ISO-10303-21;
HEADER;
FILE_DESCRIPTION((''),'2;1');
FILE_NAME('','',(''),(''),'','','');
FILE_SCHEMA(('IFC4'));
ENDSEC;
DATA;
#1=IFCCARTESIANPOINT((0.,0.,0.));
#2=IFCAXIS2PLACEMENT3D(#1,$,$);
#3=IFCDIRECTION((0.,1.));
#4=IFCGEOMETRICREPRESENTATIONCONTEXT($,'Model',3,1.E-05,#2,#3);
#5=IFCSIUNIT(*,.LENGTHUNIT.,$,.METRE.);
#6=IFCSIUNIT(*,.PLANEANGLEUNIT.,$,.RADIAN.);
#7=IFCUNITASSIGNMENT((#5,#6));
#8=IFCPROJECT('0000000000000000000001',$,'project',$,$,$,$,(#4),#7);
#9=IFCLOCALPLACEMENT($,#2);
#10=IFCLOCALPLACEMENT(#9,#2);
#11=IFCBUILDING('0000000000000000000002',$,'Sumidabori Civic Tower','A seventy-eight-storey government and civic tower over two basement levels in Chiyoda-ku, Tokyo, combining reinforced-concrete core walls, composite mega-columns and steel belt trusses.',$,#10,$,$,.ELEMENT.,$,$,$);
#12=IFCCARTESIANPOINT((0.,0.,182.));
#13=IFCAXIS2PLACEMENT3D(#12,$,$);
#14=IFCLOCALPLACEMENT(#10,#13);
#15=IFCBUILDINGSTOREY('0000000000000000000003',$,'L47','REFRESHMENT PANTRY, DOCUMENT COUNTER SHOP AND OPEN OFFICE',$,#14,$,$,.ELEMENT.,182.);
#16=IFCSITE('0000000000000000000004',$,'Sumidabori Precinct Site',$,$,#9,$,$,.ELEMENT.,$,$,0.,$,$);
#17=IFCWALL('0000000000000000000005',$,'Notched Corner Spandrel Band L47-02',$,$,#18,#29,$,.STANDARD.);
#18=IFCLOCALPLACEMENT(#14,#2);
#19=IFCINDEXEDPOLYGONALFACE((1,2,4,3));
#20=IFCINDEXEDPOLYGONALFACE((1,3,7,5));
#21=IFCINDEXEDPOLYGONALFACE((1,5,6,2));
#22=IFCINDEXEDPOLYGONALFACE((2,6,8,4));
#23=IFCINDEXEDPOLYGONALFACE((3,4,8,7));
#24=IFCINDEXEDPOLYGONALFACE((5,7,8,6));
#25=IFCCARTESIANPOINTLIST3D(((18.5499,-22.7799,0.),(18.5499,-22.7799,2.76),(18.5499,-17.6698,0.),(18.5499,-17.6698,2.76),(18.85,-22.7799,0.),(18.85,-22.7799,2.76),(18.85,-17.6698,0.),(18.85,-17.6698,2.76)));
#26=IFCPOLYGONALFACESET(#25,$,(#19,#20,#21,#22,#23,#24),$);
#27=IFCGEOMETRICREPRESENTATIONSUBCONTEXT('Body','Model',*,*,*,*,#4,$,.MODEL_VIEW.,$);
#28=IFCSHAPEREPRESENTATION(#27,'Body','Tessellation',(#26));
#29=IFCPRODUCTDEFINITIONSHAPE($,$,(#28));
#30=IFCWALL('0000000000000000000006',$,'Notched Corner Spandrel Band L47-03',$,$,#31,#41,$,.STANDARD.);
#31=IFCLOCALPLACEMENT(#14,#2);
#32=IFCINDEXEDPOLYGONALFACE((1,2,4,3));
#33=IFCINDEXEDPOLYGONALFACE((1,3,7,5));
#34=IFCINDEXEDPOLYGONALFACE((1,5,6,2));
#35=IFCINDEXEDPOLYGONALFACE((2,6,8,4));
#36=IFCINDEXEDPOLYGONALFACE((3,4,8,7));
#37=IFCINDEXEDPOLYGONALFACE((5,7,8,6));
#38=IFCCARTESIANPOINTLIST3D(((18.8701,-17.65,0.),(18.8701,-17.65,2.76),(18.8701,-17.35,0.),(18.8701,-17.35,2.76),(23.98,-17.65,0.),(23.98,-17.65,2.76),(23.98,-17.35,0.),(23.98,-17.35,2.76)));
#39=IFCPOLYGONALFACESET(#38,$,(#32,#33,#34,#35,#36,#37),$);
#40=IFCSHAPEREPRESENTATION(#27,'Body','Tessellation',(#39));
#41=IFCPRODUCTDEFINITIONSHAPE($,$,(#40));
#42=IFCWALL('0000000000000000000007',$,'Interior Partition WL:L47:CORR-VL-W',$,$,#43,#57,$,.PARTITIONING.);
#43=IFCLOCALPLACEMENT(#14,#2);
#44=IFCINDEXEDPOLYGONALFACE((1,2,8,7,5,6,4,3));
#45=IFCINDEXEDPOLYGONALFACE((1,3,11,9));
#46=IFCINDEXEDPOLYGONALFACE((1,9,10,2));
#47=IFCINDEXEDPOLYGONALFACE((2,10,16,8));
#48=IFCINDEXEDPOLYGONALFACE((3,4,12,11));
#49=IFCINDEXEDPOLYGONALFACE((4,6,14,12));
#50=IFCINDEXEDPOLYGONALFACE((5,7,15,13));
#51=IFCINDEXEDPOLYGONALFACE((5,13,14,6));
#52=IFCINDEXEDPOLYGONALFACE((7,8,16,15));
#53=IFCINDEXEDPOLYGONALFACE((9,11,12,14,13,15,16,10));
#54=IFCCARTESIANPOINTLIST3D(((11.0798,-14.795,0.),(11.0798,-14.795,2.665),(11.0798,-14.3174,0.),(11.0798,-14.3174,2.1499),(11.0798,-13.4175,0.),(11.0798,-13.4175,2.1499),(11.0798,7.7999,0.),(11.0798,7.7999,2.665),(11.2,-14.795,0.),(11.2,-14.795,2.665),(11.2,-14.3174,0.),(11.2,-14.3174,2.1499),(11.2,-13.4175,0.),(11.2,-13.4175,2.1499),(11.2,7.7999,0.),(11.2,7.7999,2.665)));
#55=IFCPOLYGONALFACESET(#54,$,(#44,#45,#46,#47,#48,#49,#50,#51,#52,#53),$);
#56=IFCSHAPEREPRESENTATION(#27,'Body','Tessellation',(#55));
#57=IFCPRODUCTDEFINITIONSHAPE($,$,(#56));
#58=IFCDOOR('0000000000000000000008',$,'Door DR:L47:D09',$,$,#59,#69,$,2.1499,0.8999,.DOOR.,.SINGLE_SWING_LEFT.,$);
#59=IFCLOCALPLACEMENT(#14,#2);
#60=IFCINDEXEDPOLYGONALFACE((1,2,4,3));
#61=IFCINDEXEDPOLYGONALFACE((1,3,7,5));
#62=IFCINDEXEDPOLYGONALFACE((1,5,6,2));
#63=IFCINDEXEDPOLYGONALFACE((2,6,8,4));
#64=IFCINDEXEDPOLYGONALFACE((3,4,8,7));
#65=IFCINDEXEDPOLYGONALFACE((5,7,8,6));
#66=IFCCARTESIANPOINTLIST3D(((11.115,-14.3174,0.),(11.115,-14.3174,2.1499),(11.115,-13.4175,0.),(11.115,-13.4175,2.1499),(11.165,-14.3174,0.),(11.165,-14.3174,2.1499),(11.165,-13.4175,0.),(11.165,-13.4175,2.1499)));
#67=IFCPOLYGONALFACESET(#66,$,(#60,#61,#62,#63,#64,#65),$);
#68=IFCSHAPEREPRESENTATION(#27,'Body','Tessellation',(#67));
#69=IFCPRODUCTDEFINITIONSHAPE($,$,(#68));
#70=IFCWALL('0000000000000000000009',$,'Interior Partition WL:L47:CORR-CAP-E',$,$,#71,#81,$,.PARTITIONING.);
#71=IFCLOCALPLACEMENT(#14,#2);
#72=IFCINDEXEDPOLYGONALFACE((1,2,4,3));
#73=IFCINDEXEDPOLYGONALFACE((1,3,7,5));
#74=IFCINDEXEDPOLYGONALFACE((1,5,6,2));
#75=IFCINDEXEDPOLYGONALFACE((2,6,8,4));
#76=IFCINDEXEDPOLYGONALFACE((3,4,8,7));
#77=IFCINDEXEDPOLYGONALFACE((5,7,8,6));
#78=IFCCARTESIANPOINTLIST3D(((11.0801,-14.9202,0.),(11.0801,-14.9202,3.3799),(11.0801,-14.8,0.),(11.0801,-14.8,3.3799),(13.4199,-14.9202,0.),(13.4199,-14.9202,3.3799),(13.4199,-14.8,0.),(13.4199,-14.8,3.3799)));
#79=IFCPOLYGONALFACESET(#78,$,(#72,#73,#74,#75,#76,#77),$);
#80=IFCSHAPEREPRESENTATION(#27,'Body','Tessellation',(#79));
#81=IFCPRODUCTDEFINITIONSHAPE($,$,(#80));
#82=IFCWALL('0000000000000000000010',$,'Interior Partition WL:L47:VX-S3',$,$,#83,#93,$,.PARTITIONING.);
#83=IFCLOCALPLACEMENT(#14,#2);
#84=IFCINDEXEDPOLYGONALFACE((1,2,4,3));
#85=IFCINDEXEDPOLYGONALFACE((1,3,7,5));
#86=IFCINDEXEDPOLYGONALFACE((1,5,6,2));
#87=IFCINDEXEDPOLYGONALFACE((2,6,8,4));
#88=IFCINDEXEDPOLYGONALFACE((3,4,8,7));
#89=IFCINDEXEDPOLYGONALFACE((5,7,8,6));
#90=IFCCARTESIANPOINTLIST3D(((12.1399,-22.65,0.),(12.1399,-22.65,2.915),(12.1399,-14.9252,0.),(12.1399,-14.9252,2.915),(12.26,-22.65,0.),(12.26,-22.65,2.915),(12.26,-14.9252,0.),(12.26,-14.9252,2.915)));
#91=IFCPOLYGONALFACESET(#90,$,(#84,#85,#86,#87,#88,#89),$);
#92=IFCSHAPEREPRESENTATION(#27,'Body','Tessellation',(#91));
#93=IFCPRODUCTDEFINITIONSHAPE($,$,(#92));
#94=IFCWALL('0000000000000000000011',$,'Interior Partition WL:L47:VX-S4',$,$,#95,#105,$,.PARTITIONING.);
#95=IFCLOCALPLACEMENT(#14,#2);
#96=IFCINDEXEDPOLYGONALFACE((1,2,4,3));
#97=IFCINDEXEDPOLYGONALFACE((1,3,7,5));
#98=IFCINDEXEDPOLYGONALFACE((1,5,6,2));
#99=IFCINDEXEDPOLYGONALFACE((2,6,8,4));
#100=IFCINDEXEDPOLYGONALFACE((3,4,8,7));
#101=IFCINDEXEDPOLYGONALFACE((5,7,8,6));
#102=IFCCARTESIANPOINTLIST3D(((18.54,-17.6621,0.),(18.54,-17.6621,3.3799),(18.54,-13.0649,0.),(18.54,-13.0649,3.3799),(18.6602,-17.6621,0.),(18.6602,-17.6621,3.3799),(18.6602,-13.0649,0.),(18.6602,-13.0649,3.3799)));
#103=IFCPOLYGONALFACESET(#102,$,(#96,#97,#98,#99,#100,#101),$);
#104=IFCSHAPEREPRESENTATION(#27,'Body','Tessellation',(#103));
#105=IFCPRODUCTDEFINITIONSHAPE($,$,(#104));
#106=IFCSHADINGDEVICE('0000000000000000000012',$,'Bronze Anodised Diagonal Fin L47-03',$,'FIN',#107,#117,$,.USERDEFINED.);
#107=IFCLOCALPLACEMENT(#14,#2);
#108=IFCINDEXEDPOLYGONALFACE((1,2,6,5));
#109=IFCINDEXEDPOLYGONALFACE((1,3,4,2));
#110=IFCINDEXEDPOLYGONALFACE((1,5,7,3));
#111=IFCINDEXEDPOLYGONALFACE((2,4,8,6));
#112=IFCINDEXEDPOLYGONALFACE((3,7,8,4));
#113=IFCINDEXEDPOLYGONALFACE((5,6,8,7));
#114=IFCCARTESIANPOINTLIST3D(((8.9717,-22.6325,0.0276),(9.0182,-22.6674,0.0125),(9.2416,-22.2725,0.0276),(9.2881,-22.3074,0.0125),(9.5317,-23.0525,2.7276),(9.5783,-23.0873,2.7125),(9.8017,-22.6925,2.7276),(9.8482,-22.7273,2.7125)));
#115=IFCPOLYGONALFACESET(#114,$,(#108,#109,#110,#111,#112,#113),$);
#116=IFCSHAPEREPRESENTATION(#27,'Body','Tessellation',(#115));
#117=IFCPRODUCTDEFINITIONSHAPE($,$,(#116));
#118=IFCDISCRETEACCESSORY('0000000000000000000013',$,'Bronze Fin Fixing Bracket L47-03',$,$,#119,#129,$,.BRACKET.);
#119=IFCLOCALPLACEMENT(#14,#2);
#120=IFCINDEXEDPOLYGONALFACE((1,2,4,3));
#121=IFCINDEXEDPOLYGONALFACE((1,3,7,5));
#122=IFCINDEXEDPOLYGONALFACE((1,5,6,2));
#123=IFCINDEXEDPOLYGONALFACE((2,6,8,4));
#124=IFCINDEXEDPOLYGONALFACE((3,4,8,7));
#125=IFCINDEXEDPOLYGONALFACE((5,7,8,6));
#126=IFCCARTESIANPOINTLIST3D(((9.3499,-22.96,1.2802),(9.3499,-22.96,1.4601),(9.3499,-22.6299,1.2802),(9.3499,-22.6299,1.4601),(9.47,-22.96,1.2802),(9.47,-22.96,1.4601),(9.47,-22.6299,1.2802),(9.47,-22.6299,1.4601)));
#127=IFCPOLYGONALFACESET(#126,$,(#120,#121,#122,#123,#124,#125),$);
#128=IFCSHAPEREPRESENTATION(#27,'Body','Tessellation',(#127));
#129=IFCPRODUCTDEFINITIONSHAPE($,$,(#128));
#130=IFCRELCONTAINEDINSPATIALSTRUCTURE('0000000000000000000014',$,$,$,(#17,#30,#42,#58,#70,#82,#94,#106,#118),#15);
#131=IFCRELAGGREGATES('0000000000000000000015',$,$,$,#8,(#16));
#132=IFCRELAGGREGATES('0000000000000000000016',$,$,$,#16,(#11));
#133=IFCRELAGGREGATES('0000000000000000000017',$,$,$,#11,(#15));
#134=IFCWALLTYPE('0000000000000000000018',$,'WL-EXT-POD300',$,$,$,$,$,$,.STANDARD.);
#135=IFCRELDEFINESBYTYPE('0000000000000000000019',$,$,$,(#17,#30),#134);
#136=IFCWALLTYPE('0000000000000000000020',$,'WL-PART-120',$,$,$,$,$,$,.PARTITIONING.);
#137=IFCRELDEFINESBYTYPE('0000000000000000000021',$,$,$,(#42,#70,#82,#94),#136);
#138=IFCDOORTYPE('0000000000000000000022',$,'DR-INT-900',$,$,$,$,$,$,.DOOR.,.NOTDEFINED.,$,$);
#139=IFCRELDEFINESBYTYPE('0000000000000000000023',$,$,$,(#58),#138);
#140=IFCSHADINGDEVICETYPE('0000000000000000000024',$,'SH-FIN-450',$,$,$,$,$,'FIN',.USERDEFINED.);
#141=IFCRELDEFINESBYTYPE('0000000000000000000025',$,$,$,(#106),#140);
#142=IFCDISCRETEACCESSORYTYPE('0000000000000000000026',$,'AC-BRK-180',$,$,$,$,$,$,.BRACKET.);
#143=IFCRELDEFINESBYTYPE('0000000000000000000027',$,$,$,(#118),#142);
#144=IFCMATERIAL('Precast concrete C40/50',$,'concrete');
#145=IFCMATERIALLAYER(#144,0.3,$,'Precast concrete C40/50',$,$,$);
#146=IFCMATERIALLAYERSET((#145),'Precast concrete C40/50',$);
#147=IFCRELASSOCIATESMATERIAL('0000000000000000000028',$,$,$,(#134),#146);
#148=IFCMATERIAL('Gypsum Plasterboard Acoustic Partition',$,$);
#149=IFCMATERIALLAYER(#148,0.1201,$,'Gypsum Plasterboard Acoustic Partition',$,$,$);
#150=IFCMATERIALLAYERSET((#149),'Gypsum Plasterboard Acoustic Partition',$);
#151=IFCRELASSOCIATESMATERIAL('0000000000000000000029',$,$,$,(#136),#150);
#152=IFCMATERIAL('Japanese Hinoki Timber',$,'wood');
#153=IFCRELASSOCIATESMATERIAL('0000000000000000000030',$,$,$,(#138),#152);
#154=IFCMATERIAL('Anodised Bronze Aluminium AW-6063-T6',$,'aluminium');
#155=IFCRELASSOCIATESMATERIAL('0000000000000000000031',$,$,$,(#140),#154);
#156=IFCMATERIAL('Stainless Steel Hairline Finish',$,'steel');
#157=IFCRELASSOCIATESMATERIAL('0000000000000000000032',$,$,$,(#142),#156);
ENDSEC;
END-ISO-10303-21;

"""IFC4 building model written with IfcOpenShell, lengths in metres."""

from ifc_helpers import new_model, si_unit, direction, frame, frame_2d, origin, origin_2d, place, context, subcontext, project, spatial, rectangle, extrude, source, transform, mapped, material, layer, layer_set, material_profile, profile_set, type_object, element, fill, save


model = new_model("IFC4")

# Units and contexts
model_context = context("Model", 3, precision=1e-05, world=origin(), true_north=direction((0.0, 1.0)))
body_context = subcontext(model_context, "Body", "Model", "MODEL_VIEW")
ifc_project = project(units=[si_unit("LENGTHUNIT", "METRE"), si_unit("PLANEANGLEUNIT", "RADIAN")], contexts=[model_context])

# Site, building, storey
site_placement = place(None, origin())
site = spatial("IfcSite", under=ifc_project, at=site_placement, Name="Sumidabori Precinct Site", CompositionType="ELEMENT", RefElevation=0.0)
building_placement = place(site_placement, origin())
building = spatial("IfcBuilding", under=site, at=building_placement, Name="Sumidabori Civic Tower", Description="A seventy-eight-storey government and civic tower over two basement levels in Chiyoda-ku, Tokyo, combining reinforced-concrete core walls, composite mega-columns and steel belt trusses.", CompositionType="ELEMENT")
storey_placement = place(building_placement, frame((0.0, 0.0, 182.0)))
storey = spatial("IfcBuildingStorey", under=building, at=storey_placement, Name="L47", Description="REFRESHMENT PANTRY, DOCUMENT COUNTER SHOP AND OPEN OFFICE", CompositionType="ELEMENT", Elevation=182.0)

# Shared definitions
ifc_material_1 = material(Name="Anodised Bronze Aluminium AW-6063-T6", Category="aluminium")

# Walls
ifc_material_2 = material(Name="Precast concrete C40/50", Category="concrete")
ifc_layer_1 = layer(ifc_material_2, 0.3, Name="Precast concrete C40/50")
ifc_layer_set_1 = layer_set([ifc_layer_1], Name="Precast concrete C40/50")
wall_type_1 = type_object("IfcWallType", Name="WL-EXT-POD300", PredefinedType="STANDARD", material=ifc_layer_set_1)
shared_shape_1 = source(origin(), body_context, "Body", "SweptSolid", [
    extrude(rectangle(XDim=5.1101, YDim=0.3, at=frame_2d((2.5552, 0.0))), origin(), (0.0, 0.0, 1.0), 2.76),
])
wall_1_placement = place(storey_placement, frame((18.7, -22.78, 0.0), z_axis=(0.0, 0.0, 1.0), x_axis=(0.0, 1.0, 0.0)))
element("IfcWall", 1, at=wall_1_placement, inside=storey, type_object=wall_type_1, Name="Notched Corner Spandrel Band L47-02", PredefinedType="STANDARD", context=body_context, shape_type="MappedRepresentation", body=[
    mapped(shared_shape_1, transform((0.0, 0.0, 0.0), x_axis=(1.0, 0.0, 0.0), y_axis=(0.0, 1.0, 0.0), z_axis=(0.0, 0.0, 1.0), scale=1.0)),
])
shared_shape_2 = source(origin(), body_context, "Body", "SweptSolid", [
    extrude(rectangle(XDim=5.1099, YDim=0.3, at=frame_2d((2.5549, 0.0))), origin(), (0.0, 0.0, 1.0), 2.76),
])
wall_2_placement = place(storey_placement, frame((18.8701, -17.5, 0.0), z_axis=(0.0, 0.0, 1.0), x_axis=(1.0, 0.0, 0.0)))
element("IfcWall", 2, at=wall_2_placement, inside=storey, type_object=wall_type_1, Name="Notched Corner Spandrel Band L47-03", PredefinedType="STANDARD", context=body_context, shape_type="MappedRepresentation", body=[
    mapped(shared_shape_2, transform((0.0, 0.0, 0.0), x_axis=(1.0, 0.0, 0.0), y_axis=(0.0, 1.0, 0.0), z_axis=(0.0, 0.0, 1.0), scale=1.0)),
])

# Wall, opening, door
ifc_material_3 = material(Name="Gypsum Plasterboard Acoustic Partition")
ifc_layer_2 = layer(ifc_material_3, 0.1201, Name="Gypsum Plasterboard Acoustic Partition")
ifc_layer_set_2 = layer_set([ifc_layer_2], Name="Gypsum Plasterboard Acoustic Partition")
wall_type_2 = type_object("IfcWallType", Name="WL-PART-120", PredefinedType="PARTITIONING", material=ifc_layer_set_2)
shared_shape_3 = source(origin(), body_context, "Body", "SweptSolid", [
    extrude(rectangle(XDim=22.595, YDim=0.1201, at=frame_2d((11.2974, 0.0))), origin(), (0.0, 0.0, 1.0), 2.665),
])
wall_3_placement = place(storey_placement, frame((11.1399, -14.7949, 0.0), z_axis=(0.0, 0.0, 1.0), x_axis=(0.0, 1.0, 0.0)))
wall_3 = element("IfcWall", 3, at=wall_3_placement, inside=storey, type_object=wall_type_2, Name="Interior Partition WL:L47:CORR-VL-W", PredefinedType="PARTITIONING", context=body_context, shape_type="MappedRepresentation", body=[
    mapped(shared_shape_3, transform((0.0, 0.0, 0.0), x_axis=(1.0, 0.0, 0.0), y_axis=(0.0, 1.0, 0.0), z_axis=(0.0, 0.0, 1.0), scale=1.0)),
])
opening_placement = place(wall_3_placement, frame((0.4775, 0.0, 0.0)))
opening = element("IfcOpeningElement", 4, at=opening_placement, cuts=wall_3, PredefinedType="OPENING", context=body_context, shape_type="SweptSolid", body=[
    extrude(rectangle(XDim=0.8999, YDim=2.1499, at=frame_2d((0.45, 1.075))), frame((0.0, 0.072, 0.0), z_axis=(0.0, -1.0, 0.0), x_axis=(1.0, 0.0, 0.0)), (0.0, 0.0, 1.0), 0.144),
])
ifc_material_4 = material(Name="Japanese Hinoki Timber", Category="wood")
door_type = type_object("IfcDoorType", Name="DR-INT-900", OperationType="NOTDEFINED", PredefinedType="DOOR", material=ifc_material_4)
shared_shape_4 = source(origin(), body_context, "Body", "SweptSolid", [
    extrude(rectangle(XDim=0.8999, YDim=2.1499, at=frame_2d((0.45, 1.075))), frame((0.0, 0.0249, 0.0), z_axis=(0.0, -1.0, 0.0), x_axis=(1.0, 0.0, 0.0)), (0.0, 0.0, 1.0), 0.05),
])
door_placement = place(opening_placement, origin())
door = element("IfcDoor", 5, at=door_placement, inside=storey, type_object=door_type, Name="Door DR:L47:D09", OperationType="SINGLE_SWING_LEFT", OverallHeight=2.1499, OverallWidth=0.8999, PredefinedType="DOOR", context=body_context, shape_type="MappedRepresentation", body=[
    mapped(shared_shape_4, transform((0.0, 0.0, 0.0), x_axis=(1.0, 0.0, 0.0), y_axis=(0.0, 1.0, 0.0), z_axis=(0.0, 0.0, 1.0), scale=1.0)),
])
fill(opening, door)

# Walls
shared_shape_5 = source(origin(), body_context, "Body", "SweptSolid", [
    extrude(rectangle(XDim=2.3398, YDim=0.1201, at=frame_2d((1.1699, 0.0))), origin(), (0.0, 0.0, 1.0), 3.3799),
])
wall_4_placement = place(storey_placement, frame((11.0801, -14.8601, 0.0), z_axis=(0.0, 0.0, 1.0), x_axis=(1.0, 0.0, 0.0)))
element("IfcWall", 6, at=wall_4_placement, inside=storey, type_object=wall_type_2, Name="Interior Partition WL:L47:CORR-CAP-E", PredefinedType="PARTITIONING", context=body_context, shape_type="MappedRepresentation", body=[
    mapped(shared_shape_5, transform((0.0, 0.0, 0.0), x_axis=(1.0, 0.0, 0.0), y_axis=(0.0, 1.0, 0.0), z_axis=(0.0, 0.0, 1.0), scale=1.0)),
])
shared_shape_6 = source(origin(), body_context, "Body", "SweptSolid", [
    extrude(rectangle(XDim=7.7249, YDim=0.1201, at=frame_2d((3.8623, 0.0))), origin(), (0.0, 0.0, 1.0), 2.915),
])
wall_5_placement = place(storey_placement, frame((12.2, -22.6499, 0.0), z_axis=(0.0, 0.0, 1.0), x_axis=(0.0, 1.0, 0.0)))
element("IfcWall", 7, at=wall_5_placement, inside=storey, type_object=wall_type_2, Name="Interior Partition WL:L47:VX-S3", PredefinedType="PARTITIONING", context=body_context, shape_type="MappedRepresentation", body=[
    mapped(shared_shape_6, transform((0.0, 0.0, 0.0), x_axis=(1.0, 0.0, 0.0), y_axis=(0.0, 1.0, 0.0), z_axis=(0.0, 0.0, 1.0), scale=1.0)),
])
shared_shape_7 = source(origin(), body_context, "Body", "SweptSolid", [
    extrude(rectangle(XDim=4.5972, YDim=0.1201, at=frame_2d((2.2986, 0.0))), origin(), (0.0, 0.0, 1.0), 3.3799),
])
wall_6_placement = place(storey_placement, frame((18.6001, -17.6621, 0.0), z_axis=(0.0, 0.0, 1.0), x_axis=(0.0, 1.0, 0.0)))
element("IfcWall", 8, at=wall_6_placement, inside=storey, type_object=wall_type_2, Name="Interior Partition WL:L47:VX-S4", PredefinedType="PARTITIONING", context=body_context, shape_type="MappedRepresentation", body=[
    mapped(shared_shape_7, transform((0.0, 0.0, 0.0), x_axis=(1.0, 0.0, 0.0), y_axis=(0.0, 1.0, 0.0), z_axis=(0.0, 0.0, 1.0), scale=1.0)),
])

# Shading device
ifc_material_profile_1 = material_profile(ifc_material_1, rectangle(XDim=0.0601, YDim=0.45, at=origin_2d()), Name="BRONZE FIN 450x60")
ifc_profile_set_1 = profile_set([ifc_material_profile_1], Name="Anodised Bronze Aluminium AW-6063-T6")
shading_device_type = type_object("IfcShadingDeviceType", Name="SH-FIN-450", ElementType="FIN", PredefinedType="USERDEFINED", material=ifc_profile_set_1)
shared_shape_8 = source(origin(), body_context, "Body", "SweptSolid", [
    extrude(rectangle(XDim=0.0601, YDim=0.45, at=origin_2d()), origin(), (0.0, 0.0, 1.0), 2.7893),
])
shading_device_placement = place(storey_placement, frame((9.1299, -22.47, 0.02), z_axis=(0.200794, -0.150552, 0.967996), x_axis=(0.774478, -0.580689, -0.250966)))
element("IfcShadingDevice", 9, at=shading_device_placement, inside=storey, type_object=shading_device_type, Name="Bronze Anodised Diagonal Fin L47-03", ObjectType="FIN", PredefinedType="USERDEFINED", context=body_context, shape_type="MappedRepresentation", body=[
    mapped(shared_shape_8, transform((0.0, 0.0, 0.0), x_axis=(1.0, 0.0, 0.0), y_axis=(0.0, 1.0, 0.0), z_axis=(0.0, 0.0, 1.0), scale=1.0)),
])

# Discrete accessory
ifc_material_5 = material(Name="Stainless Steel Hairline Finish", Category="steel")
ifc_material_profile_2 = material_profile(ifc_material_5, rectangle(XDim=0.1201, YDim=0.1799, at=origin_2d()), Name="STEEL BRACKET 180x120")
ifc_profile_set_2 = profile_set([ifc_material_profile_2], Name="Stainless Steel Hairline Finish")
discrete_accessory_type = type_object("IfcDiscreteAccessoryType", Name="AC-BRK-180", PredefinedType="BRACKET", material=ifc_profile_set_2)
shared_shape_9 = source(origin(), body_context, "Body", "SweptSolid", [
    extrude(rectangle(XDim=0.1201, YDim=0.1799, at=origin_2d()), origin(), (0.0, 0.0, 1.0), 0.3301),
])
discrete_accessory_placement = place(storey_placement, frame((9.4099, -22.6299, 1.3701), z_axis=(0.0, -1.0, 0.0), x_axis=(1.0, 0.0, 0.0)))
element("IfcDiscreteAccessory", 10, at=discrete_accessory_placement, inside=storey, type_object=discrete_accessory_type, Name="Bronze Fin Fixing Bracket L47-03", PredefinedType="BRACKET", context=body_context, shape_type="MappedRepresentation", body=[
    mapped(shared_shape_9, transform((0.0, 0.0, 0.0), x_axis=(1.0, 0.0, 0.0), y_axis=(0.0, 1.0, 0.0), z_axis=(0.0, 0.0, 1.0), scale=1.0)),
])

save(model, "model.ifc")
